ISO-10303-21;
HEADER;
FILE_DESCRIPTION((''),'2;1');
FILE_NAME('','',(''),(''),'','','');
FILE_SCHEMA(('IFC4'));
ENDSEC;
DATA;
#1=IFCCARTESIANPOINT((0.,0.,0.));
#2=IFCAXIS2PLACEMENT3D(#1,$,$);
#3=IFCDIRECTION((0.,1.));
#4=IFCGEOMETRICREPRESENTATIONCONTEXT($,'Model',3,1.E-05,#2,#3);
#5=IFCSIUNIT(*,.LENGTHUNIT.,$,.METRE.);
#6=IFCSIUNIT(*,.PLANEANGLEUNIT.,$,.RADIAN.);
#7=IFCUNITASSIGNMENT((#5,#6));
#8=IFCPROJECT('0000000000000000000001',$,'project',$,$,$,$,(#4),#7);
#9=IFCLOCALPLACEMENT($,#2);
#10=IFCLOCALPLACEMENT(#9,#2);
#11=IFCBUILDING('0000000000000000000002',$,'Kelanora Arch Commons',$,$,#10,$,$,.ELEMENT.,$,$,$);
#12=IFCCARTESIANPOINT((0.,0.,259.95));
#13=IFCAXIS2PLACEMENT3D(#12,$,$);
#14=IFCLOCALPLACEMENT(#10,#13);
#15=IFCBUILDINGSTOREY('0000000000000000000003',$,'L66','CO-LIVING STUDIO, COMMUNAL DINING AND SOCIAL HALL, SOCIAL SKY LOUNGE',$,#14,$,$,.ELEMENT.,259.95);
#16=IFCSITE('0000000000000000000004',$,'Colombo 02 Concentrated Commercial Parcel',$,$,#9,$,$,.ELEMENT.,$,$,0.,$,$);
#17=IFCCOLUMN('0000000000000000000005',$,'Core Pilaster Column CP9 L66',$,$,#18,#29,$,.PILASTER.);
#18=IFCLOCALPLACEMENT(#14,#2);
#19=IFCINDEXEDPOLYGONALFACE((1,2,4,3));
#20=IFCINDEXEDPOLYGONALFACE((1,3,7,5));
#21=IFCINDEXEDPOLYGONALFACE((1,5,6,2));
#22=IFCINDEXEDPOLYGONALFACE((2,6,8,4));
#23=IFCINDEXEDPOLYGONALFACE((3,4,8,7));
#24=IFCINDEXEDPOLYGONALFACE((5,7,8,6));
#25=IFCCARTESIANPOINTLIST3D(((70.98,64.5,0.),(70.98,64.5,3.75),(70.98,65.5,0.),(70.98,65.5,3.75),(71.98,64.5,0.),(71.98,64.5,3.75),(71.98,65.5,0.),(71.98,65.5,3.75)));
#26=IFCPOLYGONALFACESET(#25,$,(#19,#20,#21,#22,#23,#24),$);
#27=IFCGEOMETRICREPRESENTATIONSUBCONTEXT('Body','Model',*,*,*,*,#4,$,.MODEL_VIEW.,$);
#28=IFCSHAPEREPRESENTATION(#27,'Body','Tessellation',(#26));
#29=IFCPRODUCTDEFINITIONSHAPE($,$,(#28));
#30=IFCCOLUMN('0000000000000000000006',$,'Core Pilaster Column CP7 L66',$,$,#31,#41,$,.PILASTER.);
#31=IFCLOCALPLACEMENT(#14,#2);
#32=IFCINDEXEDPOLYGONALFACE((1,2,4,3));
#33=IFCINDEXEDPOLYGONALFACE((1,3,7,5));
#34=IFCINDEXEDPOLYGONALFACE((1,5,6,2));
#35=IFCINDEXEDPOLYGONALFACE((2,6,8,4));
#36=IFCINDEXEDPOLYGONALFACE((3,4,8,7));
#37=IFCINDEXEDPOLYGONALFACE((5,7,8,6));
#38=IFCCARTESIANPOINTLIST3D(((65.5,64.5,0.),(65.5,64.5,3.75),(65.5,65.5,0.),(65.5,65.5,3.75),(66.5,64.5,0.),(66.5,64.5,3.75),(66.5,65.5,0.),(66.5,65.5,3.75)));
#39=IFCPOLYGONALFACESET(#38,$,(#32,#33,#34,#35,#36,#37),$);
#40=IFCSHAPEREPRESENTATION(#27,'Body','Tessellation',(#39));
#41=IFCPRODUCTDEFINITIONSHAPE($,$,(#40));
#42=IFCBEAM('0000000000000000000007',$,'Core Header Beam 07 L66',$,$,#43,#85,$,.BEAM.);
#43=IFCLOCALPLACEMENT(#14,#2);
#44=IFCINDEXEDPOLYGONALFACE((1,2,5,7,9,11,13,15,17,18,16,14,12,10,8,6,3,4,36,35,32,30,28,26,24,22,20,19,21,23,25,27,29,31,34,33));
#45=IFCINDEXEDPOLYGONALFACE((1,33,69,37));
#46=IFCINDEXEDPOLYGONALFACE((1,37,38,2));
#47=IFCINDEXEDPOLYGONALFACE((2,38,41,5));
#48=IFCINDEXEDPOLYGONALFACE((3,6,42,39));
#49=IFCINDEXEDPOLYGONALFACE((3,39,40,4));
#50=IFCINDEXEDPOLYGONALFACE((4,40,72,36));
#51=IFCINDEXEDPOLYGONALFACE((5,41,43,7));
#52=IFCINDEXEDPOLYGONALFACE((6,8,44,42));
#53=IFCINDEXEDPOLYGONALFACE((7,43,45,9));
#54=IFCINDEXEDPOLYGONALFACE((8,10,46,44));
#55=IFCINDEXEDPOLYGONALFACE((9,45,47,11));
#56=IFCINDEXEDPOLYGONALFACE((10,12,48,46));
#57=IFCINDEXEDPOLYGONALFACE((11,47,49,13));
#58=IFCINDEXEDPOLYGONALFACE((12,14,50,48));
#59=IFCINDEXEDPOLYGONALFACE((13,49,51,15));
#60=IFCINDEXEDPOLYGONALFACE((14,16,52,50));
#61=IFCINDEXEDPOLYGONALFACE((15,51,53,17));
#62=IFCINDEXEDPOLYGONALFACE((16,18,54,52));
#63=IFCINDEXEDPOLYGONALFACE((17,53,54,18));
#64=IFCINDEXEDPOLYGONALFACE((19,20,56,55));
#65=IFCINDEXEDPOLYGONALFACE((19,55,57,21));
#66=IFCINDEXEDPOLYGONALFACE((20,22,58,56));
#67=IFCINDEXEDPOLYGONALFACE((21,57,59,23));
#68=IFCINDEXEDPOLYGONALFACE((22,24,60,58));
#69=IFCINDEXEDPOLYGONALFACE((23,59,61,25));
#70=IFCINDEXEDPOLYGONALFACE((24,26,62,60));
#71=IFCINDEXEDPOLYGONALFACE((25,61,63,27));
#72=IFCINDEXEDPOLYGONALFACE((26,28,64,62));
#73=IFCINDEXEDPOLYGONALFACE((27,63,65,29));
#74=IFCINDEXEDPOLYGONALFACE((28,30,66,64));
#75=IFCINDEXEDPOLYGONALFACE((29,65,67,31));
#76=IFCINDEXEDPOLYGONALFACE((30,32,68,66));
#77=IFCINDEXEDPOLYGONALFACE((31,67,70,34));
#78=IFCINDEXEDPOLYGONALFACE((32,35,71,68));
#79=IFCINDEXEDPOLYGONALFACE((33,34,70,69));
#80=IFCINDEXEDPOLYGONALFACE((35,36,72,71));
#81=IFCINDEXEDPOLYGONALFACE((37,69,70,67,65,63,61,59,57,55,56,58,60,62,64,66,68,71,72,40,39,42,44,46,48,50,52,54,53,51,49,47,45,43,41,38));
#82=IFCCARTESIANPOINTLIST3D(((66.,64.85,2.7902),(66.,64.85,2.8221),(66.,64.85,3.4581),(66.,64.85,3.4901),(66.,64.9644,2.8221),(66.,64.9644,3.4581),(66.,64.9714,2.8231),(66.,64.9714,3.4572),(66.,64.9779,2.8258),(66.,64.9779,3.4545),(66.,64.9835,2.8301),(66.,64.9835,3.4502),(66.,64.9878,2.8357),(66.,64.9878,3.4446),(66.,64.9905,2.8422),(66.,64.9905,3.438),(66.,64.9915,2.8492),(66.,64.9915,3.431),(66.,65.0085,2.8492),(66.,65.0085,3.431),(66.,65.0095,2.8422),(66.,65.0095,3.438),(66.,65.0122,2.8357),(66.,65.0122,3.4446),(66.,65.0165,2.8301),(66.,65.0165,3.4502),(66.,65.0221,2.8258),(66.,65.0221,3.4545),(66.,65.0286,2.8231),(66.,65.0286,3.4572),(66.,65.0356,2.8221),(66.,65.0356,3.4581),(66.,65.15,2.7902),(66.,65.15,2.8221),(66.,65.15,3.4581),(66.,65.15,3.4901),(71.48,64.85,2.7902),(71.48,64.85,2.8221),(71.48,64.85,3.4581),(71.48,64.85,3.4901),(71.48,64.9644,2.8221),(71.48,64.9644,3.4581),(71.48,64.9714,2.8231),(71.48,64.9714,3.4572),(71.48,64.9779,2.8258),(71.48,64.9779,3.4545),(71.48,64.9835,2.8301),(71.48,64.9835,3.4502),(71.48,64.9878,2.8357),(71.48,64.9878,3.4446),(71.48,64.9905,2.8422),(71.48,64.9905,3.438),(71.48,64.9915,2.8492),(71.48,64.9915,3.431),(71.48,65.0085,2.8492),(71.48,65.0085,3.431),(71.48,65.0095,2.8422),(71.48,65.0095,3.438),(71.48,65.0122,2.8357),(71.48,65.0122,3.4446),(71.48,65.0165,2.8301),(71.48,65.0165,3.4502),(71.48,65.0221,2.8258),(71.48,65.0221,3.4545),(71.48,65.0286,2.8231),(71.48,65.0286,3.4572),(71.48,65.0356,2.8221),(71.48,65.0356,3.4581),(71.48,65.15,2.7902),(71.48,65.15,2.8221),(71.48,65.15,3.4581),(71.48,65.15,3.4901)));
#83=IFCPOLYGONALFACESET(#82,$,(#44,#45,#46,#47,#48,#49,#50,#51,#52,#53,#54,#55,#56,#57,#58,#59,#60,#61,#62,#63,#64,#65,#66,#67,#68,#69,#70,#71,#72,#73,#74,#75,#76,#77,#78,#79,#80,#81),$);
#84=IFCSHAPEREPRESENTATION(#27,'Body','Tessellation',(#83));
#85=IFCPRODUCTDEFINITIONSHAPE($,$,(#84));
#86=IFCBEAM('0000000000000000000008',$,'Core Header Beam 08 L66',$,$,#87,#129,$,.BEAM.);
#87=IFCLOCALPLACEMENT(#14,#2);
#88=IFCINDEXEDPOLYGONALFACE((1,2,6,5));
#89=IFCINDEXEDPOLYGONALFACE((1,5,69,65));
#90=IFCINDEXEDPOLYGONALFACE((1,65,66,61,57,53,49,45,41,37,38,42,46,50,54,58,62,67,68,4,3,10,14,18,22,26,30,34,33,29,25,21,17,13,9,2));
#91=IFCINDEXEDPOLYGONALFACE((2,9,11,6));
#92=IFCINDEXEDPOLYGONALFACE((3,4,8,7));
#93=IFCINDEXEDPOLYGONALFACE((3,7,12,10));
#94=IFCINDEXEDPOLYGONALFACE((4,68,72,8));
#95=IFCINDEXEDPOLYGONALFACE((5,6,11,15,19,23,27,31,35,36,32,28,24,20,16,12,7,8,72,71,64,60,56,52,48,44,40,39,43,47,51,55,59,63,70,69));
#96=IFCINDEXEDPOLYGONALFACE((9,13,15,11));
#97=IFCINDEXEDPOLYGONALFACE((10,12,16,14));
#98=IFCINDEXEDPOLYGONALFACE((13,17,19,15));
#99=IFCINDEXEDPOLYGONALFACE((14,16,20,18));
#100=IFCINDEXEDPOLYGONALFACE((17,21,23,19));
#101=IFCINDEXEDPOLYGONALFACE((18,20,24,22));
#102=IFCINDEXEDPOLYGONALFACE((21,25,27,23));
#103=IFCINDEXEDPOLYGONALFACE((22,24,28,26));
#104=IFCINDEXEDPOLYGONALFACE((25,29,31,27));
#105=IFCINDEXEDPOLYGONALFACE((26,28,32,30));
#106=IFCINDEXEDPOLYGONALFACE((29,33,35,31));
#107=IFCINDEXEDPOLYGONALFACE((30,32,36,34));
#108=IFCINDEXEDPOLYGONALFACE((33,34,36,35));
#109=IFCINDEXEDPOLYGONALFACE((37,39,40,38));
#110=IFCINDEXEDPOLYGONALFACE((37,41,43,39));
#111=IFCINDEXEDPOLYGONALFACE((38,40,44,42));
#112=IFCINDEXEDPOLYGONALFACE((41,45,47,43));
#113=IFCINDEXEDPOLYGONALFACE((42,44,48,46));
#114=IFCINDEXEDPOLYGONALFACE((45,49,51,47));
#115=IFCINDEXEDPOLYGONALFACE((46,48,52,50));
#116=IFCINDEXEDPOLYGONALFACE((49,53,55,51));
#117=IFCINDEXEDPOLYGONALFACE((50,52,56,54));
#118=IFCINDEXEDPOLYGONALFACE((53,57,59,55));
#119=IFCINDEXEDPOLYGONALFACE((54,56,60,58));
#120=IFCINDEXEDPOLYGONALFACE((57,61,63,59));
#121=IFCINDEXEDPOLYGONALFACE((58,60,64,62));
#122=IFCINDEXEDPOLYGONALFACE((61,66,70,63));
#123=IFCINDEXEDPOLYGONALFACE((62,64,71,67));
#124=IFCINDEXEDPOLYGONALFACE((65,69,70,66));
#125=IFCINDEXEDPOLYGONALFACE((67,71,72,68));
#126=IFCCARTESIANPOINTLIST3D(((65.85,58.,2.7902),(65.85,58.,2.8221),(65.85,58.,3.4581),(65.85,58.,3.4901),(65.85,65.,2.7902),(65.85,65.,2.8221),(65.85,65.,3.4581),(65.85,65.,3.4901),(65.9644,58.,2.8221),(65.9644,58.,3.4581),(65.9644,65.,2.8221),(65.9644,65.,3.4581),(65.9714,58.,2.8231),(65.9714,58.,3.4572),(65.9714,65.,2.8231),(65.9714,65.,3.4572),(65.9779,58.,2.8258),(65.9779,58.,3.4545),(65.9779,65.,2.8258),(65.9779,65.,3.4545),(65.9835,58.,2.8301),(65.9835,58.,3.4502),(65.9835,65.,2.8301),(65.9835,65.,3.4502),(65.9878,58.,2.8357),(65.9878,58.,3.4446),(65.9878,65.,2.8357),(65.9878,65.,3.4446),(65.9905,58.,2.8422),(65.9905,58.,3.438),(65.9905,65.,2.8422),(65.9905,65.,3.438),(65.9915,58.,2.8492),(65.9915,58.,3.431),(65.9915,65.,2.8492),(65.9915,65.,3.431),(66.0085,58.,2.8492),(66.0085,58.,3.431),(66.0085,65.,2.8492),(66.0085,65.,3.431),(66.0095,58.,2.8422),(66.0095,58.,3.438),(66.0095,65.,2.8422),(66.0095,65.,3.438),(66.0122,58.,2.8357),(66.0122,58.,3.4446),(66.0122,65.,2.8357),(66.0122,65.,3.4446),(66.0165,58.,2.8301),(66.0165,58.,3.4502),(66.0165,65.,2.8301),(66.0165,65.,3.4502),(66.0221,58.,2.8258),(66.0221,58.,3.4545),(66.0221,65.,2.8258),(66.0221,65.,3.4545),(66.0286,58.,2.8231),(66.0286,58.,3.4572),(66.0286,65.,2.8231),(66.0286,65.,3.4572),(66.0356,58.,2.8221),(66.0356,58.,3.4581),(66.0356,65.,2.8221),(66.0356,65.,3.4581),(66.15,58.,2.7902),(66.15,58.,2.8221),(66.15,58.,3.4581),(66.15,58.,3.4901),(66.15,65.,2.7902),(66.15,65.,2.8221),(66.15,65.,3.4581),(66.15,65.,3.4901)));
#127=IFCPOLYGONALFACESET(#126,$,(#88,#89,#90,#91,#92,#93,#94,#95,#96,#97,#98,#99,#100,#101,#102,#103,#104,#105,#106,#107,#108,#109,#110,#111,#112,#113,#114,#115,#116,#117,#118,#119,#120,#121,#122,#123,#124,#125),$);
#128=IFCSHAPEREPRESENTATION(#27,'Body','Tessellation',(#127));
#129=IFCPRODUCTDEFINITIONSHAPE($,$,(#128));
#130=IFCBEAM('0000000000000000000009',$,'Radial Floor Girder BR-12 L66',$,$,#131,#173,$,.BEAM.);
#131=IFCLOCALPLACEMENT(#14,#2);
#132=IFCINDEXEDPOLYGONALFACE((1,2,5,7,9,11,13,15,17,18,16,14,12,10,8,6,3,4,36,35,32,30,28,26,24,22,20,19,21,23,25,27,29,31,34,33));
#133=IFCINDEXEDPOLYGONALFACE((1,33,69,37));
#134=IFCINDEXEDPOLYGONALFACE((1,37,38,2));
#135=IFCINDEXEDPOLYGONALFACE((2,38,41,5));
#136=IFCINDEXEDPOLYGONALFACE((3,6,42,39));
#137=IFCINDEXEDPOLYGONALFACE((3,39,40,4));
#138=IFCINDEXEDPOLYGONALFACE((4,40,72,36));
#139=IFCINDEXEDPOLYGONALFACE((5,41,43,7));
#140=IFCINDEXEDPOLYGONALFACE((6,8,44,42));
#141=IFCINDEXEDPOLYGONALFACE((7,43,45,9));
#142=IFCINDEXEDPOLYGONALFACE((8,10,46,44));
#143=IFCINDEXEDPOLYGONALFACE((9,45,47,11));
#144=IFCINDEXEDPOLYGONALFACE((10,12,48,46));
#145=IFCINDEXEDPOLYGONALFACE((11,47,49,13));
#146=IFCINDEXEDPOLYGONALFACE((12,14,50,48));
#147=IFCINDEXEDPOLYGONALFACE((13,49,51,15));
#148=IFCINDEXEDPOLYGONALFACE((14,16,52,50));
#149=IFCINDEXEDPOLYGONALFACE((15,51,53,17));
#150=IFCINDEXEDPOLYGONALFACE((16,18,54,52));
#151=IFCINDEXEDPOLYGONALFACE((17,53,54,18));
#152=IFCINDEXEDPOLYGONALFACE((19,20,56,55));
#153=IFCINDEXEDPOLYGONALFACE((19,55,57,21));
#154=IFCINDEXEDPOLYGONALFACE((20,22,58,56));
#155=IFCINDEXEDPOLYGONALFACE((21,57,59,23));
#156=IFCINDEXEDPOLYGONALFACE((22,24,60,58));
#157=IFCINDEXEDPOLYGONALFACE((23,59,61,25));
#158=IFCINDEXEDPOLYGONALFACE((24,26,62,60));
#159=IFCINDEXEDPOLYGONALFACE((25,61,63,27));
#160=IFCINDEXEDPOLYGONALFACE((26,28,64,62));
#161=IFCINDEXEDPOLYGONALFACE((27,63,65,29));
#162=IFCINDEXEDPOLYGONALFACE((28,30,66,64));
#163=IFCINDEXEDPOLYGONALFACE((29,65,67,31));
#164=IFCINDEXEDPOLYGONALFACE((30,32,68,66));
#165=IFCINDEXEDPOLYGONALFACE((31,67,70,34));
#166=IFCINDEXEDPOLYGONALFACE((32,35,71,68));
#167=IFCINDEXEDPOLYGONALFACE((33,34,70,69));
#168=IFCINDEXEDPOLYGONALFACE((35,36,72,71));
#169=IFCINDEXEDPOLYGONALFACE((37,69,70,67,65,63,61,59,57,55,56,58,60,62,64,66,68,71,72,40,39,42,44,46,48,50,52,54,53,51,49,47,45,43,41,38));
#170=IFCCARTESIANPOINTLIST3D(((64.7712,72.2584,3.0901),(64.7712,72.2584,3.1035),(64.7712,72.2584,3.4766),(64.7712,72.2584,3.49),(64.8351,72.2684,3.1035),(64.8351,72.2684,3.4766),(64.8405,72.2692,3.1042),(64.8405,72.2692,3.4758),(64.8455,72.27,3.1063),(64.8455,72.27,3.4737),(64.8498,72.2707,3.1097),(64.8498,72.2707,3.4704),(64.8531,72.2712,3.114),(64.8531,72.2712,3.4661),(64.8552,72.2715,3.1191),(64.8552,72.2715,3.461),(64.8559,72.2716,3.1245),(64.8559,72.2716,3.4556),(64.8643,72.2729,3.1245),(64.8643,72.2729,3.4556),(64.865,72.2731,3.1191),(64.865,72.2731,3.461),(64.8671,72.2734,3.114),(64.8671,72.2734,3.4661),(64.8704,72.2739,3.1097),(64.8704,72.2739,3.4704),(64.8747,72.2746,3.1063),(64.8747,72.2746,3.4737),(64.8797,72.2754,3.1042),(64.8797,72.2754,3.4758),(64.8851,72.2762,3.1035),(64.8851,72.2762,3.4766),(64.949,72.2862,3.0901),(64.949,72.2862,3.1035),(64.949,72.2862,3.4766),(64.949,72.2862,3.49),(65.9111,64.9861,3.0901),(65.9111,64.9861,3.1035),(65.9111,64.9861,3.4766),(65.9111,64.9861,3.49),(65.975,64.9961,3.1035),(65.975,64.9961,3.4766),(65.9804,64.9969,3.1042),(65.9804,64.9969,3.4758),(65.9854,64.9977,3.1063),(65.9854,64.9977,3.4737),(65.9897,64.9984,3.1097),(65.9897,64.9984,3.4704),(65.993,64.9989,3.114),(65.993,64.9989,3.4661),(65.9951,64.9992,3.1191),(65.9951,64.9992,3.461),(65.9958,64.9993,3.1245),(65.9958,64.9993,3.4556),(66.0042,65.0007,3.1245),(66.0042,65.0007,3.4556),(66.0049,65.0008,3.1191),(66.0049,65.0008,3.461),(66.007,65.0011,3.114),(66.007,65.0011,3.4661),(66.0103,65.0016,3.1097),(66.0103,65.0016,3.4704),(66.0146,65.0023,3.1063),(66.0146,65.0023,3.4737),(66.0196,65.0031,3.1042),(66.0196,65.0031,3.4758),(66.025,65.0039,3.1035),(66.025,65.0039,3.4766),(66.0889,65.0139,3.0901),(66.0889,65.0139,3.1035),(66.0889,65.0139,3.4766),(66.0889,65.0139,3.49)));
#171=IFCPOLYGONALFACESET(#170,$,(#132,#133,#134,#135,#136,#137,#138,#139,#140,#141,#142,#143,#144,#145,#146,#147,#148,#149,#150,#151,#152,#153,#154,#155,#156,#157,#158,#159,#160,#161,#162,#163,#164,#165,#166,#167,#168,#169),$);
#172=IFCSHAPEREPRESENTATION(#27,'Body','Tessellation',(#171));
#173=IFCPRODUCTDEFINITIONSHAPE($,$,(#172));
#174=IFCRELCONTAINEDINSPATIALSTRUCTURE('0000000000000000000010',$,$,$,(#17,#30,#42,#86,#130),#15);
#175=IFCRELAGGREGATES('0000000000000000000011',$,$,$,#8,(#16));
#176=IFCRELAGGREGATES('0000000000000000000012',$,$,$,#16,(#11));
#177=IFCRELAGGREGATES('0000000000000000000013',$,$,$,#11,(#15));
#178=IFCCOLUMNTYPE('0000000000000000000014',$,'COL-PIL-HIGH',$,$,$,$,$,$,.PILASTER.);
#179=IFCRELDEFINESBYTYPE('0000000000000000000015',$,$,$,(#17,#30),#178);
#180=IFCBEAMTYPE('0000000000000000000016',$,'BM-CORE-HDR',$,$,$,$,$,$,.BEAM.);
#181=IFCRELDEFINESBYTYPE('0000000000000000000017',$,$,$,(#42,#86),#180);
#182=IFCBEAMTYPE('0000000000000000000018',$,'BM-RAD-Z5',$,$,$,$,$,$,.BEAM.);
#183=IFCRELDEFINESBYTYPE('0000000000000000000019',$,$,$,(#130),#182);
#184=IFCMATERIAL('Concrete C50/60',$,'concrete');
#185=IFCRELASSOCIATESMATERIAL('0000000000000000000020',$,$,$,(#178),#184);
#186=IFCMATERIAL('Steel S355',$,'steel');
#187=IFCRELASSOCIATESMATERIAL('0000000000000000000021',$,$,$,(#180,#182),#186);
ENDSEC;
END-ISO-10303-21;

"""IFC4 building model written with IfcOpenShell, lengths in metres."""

from ifc_helpers import new_model, si_unit, direction, frame, origin, origin_2d, place, context, subcontext, project, spatial, rectangle, i_section, extrude, material, material_profile, profile_set, type_object, element, save


model = new_model("IFC4")

# Units and contexts
model_context = context("Model", 3, precision=1e-05, world=origin(), true_north=direction((0.0, 1.0)))
body_context = subcontext(model_context, "Body", "Model", "MODEL_VIEW")
ifc_project = project(units=[si_unit("LENGTHUNIT", "METRE"), si_unit("PLANEANGLEUNIT", "RADIAN")], contexts=[model_context])

# Site, building, storey
site_placement = place(None, origin())
site = spatial("IfcSite", under=ifc_project, at=site_placement, Name="Colombo 02 Concentrated Commercial Parcel", CompositionType="ELEMENT", RefElevation=0.0)
building_placement = place(site_placement, origin())
building = spatial("IfcBuilding", under=site, at=building_placement, Name="Kelanora Arch Commons", CompositionType="ELEMENT")
storey_placement = place(building_placement, frame((0.0, 0.0, 259.95)))
storey = spatial("IfcBuildingStorey", under=building, at=storey_placement, Name="L66", Description="CO-LIVING STUDIO, COMMUNAL DINING AND SOCIAL HALL, SOCIAL SKY LOUNGE", CompositionType="ELEMENT", Elevation=259.95)

# Columns
ifc_material_1 = material(Name="Concrete C50/60", Category="concrete")
ifc_material_profile_1 = material_profile(ifc_material_1, rectangle(XDim=1.0, YDim=1.0, at=origin_2d()), Name="RC1000x1000")
ifc_profile_set_1 = profile_set([ifc_material_profile_1], Name="Concrete C50/60")
column_type = type_object("IfcColumnType", Name="COL-PIL-HIGH", PredefinedType="PILASTER", material=ifc_profile_set_1)
for number, where, z_axis, x_axis, name in (
    (1, (71.48, 65.0, 0.0), (0.0, 0.0, 1.0), (1.0, 0.0, 0.0), "Core Pilaster Column CP9 L66"),
    (2, (66.0, 65.0, 0.0), (0.0, 0.0, 1.0), (1.0, 0.0, 0.0), "Core Pilaster Column CP7 L66"),
):
    element("IfcColumn", number, at=place(storey_placement, frame(where, z_axis=z_axis, x_axis=x_axis)), inside=storey, type_object=column_type, Name=name, PredefinedType="PILASTER", context=body_context, shape_type="SweptSolid", body=[
        extrude(rectangle(XDim=1.0, YDim=1.0, at=origin_2d()), origin(), (0.0, 0.0, 1.0), 3.75),
    ])

# Beams
ifc_material_2 = material(Name="Steel S355", Category="steel")
ifc_material_profile_2 = material_profile(ifc_material_2, i_section(OverallWidth=0.3, OverallDepth=0.7, WebThickness=0.0171, FlangeThickness=0.032, FilletRadius=0.0271, at=origin_2d()), Name="HEB700")
ifc_profile_set_2 = profile_set([ifc_material_profile_2], Name="Steel S355")
beam_type_1 = type_object("IfcBeamType", Name="BM-CORE-HDR", PredefinedType="BEAM", material=ifc_profile_set_2)
beam_1_placement = place(storey_placement, frame((71.48, 65.0, 3.1401), z_axis=(-1.0, 0.0, 0.0), x_axis=(0.0, -1.0, 0.0)))
element("IfcBeam", 3, at=beam_1_placement, inside=storey, type_object=beam_type_1, Name="Core Header Beam 07 L66", PredefinedType="BEAM", context=body_context, shape_type="SweptSolid", body=[
    extrude(i_section(OverallWidth=0.3, OverallDepth=0.7, WebThickness=0.0171, FlangeThickness=0.032, FilletRadius=0.0271, at=origin_2d()), origin(), (0.0, 0.0, 1.0), 5.48),
])
beam_2_placement = place(storey_placement, frame((66.0, 65.0, 3.1401), z_axis=(0.0, -1.0, 0.0), x_axis=(1.0, 0.0, 0.0)))
element("IfcBeam", 4, at=beam_2_placement, inside=storey, type_object=beam_type_1, Name="Core Header Beam 08 L66", PredefinedType="BEAM", context=body_context, shape_type="SweptSolid", body=[
    extrude(i_section(OverallWidth=0.3, OverallDepth=0.7, WebThickness=0.0171, FlangeThickness=0.032, FilletRadius=0.0271, at=origin_2d()), origin(), (0.0, 0.0, 1.0), 7.0),
])
ifc_material_profile_3 = material_profile(ifc_material_2, i_section(OverallWidth=0.1799, OverallDepth=0.3999, WebThickness=0.0085, FlangeThickness=0.0134, FilletRadius=0.021, at=origin_2d()), Name="IPE400")
ifc_profile_set_3 = profile_set([ifc_material_profile_3], Name="Steel S355")
beam_type_2 = type_object("IfcBeamType", Name="BM-RAD-Z5", PredefinedType="BEAM", material=ifc_profile_set_3)
beam_3_placement = place(storey_placement, frame((66.0, 65.0, 3.29), z_axis=(-0.154855, 0.987937, 0.0), x_axis=(-0.987937, -0.154855, 0.0)))
element("IfcBeam", 5, at=beam_3_placement, inside=storey, type_object=beam_type_2, Name="Radial Floor Girder BR-12 L66", PredefinedType="BEAM", context=body_context, shape_type="SweptSolid", body=[
    extrude(i_section(OverallWidth=0.1799, OverallDepth=0.3999, WebThickness=0.0085, FlangeThickness=0.0134, FilletRadius=0.021, at=origin_2d()), origin(), (0.0, 0.0, 1.0), 7.3611),
])

save(model, "model.ifc")
